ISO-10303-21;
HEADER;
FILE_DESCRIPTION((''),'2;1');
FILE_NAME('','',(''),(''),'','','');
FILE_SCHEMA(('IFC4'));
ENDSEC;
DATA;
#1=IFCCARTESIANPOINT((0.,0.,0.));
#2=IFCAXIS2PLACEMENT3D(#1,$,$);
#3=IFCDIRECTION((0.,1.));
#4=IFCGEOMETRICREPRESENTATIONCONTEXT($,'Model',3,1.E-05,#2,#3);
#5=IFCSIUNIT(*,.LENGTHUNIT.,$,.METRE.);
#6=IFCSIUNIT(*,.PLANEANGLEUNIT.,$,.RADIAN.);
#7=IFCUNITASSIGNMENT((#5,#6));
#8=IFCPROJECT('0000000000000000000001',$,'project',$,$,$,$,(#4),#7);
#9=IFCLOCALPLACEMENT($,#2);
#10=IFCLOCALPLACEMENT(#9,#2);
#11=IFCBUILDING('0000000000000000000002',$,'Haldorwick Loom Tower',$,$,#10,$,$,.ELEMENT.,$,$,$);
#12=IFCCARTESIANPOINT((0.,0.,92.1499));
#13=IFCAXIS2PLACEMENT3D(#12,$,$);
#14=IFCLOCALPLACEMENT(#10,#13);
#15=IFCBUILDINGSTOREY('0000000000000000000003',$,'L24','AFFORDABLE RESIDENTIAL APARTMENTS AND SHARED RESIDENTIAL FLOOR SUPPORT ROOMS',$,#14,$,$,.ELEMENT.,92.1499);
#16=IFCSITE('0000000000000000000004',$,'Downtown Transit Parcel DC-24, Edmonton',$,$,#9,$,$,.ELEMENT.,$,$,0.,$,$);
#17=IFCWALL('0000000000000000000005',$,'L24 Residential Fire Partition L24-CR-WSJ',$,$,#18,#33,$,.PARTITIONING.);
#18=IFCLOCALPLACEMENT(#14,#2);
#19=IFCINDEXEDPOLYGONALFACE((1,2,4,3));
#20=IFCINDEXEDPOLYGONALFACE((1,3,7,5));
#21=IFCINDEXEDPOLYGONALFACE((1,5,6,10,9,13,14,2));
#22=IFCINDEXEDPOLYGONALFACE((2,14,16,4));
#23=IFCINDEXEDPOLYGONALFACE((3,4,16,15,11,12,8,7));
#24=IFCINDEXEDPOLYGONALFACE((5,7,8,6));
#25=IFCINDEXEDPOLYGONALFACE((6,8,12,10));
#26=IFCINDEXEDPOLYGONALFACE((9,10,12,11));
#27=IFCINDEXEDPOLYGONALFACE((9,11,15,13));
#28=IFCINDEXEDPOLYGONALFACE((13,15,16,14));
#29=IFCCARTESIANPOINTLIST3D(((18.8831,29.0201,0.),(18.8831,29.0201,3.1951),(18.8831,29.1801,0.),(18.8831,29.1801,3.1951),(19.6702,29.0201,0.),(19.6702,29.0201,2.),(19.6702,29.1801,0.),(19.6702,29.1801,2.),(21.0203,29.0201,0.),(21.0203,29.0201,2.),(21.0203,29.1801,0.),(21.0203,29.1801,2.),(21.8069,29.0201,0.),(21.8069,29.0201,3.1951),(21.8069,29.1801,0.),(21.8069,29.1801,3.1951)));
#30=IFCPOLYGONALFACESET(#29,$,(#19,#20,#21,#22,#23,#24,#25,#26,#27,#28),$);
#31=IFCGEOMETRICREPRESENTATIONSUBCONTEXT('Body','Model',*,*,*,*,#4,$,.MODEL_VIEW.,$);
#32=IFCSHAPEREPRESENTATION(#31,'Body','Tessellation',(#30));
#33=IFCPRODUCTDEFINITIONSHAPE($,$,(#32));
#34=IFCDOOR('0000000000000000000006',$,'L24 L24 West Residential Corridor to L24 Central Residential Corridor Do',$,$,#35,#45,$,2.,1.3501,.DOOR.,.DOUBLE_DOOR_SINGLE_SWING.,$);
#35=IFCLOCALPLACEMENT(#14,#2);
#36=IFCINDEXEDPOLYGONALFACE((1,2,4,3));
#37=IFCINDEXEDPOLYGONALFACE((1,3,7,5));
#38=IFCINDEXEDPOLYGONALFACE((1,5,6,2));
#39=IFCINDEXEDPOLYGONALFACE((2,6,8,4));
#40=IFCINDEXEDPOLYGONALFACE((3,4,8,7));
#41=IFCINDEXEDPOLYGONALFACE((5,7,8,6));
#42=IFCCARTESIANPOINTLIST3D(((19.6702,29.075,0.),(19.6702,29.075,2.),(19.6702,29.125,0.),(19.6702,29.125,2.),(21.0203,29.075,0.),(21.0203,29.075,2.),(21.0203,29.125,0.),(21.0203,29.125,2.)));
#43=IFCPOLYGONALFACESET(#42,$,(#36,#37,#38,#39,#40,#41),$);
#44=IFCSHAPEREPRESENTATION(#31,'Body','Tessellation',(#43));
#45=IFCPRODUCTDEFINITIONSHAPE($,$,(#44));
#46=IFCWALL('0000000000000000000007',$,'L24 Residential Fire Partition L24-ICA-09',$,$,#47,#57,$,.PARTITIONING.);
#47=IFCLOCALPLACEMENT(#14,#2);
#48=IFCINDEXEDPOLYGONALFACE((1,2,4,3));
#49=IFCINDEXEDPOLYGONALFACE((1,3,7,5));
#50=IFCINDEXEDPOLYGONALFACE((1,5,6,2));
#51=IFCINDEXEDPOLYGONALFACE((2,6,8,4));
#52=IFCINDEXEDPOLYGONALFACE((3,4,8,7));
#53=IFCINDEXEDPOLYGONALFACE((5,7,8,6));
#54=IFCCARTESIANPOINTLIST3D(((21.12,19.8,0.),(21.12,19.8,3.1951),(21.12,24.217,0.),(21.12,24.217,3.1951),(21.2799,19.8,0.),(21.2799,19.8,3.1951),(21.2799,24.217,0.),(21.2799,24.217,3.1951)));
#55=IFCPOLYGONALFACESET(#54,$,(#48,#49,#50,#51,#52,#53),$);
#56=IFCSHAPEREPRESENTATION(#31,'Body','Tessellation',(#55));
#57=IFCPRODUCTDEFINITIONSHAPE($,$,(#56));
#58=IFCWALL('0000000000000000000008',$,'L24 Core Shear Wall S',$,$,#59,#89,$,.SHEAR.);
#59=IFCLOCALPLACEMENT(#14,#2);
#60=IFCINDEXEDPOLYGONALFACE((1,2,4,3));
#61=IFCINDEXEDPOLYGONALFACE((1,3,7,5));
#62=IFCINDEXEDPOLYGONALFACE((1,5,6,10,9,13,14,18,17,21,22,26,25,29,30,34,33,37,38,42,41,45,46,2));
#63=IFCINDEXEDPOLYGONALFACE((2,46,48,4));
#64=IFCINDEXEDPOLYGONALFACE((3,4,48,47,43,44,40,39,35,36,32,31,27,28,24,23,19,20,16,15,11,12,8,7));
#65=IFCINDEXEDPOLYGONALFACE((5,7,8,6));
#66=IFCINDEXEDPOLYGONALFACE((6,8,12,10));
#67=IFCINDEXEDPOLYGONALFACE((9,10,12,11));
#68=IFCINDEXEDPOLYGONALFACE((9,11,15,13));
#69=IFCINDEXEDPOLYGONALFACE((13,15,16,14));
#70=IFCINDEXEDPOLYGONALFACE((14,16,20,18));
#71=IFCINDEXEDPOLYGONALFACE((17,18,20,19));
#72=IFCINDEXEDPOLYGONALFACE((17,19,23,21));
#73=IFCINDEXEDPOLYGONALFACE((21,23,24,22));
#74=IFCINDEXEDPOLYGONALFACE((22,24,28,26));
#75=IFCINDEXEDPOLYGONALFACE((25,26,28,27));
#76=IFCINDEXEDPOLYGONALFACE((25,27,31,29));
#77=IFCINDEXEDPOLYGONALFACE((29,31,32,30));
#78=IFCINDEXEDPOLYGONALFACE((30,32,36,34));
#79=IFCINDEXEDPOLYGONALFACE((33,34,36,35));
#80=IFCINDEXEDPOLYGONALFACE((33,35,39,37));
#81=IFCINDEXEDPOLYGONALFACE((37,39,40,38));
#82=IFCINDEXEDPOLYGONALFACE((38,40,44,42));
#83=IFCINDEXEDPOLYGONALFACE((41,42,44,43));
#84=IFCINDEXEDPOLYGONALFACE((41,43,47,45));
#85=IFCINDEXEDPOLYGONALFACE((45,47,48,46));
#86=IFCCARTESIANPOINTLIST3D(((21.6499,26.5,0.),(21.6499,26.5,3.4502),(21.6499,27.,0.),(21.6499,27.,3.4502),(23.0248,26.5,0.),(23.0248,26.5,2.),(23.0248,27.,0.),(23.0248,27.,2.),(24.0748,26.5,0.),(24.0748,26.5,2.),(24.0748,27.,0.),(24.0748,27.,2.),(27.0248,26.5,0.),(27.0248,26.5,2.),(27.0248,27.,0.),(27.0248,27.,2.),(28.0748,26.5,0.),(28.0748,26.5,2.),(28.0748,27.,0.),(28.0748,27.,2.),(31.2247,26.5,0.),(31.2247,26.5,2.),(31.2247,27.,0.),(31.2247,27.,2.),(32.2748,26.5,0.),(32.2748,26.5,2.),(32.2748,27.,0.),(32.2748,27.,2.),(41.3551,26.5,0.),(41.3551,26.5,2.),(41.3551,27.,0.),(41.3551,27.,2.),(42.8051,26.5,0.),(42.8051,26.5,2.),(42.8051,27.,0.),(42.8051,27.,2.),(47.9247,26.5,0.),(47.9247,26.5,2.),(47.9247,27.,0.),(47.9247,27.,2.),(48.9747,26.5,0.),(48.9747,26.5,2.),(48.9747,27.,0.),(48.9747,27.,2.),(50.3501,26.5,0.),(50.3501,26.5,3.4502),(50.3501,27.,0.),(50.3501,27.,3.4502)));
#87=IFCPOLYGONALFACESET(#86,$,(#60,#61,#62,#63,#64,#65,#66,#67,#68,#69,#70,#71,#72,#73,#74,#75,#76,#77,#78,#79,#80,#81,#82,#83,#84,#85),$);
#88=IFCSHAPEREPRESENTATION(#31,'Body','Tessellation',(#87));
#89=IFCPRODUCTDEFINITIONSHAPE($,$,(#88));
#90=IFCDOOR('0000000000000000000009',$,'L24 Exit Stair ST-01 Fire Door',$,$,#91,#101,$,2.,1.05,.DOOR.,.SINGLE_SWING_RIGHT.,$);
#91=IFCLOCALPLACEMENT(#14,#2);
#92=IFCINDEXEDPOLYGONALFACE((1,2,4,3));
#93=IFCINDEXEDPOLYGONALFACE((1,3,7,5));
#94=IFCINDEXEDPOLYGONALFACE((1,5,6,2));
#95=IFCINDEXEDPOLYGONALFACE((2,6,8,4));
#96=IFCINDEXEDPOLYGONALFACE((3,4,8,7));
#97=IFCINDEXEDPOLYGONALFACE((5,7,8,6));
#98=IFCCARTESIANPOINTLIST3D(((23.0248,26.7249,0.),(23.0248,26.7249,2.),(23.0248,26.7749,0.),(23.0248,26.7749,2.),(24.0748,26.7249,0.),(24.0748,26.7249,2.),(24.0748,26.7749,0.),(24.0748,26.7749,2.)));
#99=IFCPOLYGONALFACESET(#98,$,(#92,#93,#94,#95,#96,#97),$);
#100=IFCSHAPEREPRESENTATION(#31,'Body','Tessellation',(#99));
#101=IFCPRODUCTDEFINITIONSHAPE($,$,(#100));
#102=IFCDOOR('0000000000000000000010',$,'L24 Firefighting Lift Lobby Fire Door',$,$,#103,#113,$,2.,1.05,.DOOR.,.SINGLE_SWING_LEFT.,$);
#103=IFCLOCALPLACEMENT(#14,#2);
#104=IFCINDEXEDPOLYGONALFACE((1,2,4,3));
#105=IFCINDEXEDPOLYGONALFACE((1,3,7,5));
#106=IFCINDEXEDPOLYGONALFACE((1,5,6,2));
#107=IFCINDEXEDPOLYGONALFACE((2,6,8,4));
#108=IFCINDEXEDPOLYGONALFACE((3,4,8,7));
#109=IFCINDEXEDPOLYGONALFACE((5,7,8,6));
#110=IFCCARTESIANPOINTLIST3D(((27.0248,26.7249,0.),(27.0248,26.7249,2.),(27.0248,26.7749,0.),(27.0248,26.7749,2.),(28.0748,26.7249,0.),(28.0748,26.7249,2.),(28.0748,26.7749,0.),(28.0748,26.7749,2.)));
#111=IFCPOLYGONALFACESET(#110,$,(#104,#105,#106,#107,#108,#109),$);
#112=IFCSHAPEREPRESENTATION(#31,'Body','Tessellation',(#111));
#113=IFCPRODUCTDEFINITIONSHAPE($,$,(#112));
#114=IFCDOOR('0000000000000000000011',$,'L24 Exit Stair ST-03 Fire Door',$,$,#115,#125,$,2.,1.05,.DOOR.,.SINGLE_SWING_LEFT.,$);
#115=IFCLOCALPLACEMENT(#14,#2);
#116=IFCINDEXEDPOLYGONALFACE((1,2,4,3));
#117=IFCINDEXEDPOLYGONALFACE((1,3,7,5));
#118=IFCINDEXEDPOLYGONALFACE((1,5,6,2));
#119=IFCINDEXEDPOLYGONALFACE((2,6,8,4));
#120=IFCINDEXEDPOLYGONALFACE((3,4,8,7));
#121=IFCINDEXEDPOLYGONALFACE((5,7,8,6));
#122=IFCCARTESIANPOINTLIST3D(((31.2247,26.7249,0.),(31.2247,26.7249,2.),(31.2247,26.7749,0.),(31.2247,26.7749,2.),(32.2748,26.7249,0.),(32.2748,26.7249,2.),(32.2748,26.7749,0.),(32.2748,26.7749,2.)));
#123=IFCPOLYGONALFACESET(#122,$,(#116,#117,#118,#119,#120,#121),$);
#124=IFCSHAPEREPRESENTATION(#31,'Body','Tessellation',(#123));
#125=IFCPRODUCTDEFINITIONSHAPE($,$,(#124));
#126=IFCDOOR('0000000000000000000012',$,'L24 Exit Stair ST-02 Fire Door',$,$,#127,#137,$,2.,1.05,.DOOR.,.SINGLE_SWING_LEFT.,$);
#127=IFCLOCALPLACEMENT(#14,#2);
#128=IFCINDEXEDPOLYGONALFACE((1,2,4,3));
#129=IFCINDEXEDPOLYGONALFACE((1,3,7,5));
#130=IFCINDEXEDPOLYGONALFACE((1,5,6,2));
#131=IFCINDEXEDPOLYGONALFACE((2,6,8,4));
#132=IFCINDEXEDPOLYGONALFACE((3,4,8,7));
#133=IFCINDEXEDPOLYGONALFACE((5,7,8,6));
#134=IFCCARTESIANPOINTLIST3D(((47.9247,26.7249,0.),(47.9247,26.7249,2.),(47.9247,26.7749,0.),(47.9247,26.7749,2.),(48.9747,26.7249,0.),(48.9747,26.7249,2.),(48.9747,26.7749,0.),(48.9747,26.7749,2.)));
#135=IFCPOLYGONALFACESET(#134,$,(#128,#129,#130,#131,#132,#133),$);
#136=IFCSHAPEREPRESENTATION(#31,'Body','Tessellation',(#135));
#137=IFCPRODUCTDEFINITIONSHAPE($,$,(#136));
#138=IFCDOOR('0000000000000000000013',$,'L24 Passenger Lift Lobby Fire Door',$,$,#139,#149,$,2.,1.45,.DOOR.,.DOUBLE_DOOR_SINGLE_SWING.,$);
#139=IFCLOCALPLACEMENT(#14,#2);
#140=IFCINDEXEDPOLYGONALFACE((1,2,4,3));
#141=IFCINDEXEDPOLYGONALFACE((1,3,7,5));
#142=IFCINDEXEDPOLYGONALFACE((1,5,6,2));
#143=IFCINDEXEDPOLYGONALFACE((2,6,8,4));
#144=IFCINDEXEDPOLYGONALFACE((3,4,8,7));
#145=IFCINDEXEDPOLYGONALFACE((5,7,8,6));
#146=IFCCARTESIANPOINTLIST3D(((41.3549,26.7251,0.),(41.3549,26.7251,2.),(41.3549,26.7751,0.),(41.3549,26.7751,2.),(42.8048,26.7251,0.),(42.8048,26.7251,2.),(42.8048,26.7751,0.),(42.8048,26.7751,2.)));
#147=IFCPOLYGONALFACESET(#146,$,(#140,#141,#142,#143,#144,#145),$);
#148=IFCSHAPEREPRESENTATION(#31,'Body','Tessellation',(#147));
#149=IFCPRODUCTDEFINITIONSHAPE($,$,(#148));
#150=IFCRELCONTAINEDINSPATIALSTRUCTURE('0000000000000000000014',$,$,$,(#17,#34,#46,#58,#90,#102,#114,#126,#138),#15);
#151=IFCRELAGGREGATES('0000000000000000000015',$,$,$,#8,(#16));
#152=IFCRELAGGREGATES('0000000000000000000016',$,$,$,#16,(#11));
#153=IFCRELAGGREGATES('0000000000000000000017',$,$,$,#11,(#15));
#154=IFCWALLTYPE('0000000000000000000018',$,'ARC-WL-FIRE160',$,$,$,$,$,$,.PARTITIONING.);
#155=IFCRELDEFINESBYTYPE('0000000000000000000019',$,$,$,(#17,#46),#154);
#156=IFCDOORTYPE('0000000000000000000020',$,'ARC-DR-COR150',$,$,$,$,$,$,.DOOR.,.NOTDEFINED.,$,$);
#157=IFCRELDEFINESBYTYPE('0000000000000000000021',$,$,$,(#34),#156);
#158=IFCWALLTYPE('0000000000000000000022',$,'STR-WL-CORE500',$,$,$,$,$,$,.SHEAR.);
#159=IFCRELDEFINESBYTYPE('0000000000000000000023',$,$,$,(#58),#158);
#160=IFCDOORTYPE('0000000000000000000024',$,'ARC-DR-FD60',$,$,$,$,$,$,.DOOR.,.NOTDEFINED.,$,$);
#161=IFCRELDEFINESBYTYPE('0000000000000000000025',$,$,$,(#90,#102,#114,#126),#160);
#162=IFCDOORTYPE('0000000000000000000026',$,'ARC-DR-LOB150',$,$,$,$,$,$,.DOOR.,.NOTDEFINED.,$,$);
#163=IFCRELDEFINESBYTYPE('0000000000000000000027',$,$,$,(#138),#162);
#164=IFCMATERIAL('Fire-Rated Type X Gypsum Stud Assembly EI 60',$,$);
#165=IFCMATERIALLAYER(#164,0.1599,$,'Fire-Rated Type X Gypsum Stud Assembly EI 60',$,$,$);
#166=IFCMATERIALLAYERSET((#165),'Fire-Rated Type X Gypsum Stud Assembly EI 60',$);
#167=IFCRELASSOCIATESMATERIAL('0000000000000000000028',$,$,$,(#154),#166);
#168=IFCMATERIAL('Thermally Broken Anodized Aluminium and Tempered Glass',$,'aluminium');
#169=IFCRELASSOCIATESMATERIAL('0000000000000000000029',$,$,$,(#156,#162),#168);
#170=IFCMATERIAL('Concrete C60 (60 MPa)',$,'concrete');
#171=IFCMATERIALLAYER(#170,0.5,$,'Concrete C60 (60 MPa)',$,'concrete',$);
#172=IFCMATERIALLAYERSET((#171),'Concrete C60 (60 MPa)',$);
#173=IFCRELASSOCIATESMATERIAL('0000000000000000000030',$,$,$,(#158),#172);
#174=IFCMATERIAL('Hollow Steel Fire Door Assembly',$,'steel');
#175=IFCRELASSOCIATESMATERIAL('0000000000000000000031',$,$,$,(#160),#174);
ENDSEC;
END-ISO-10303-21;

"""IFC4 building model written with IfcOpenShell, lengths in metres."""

from ifc_helpers import new_model, si_unit, direction, frame, frame_2d, origin, place, context, subcontext, project, spatial, rectangle, extrude, material, layer, layer_set, type_object, element, fill, save


model = new_model("IFC4")

# Units and contexts
model_context = context("Model", 3, precision=1e-05, world=origin(), true_north=direction((0.0, 1.0)))
body_context = subcontext(model_context, "Body", "Model", "MODEL_VIEW")
ifc_project = project(units=[si_unit("LENGTHUNIT", "METRE"), si_unit("PLANEANGLEUNIT", "RADIAN")], contexts=[model_context])

# Site, building, storey
site_placement = place(None, origin())
site = spatial("IfcSite", under=ifc_project, at=site_placement, Name="Downtown Transit Parcel DC-24, Edmonton", CompositionType="ELEMENT", RefElevation=0.0)
building_placement = place(site_placement, origin())
building = spatial("IfcBuilding", under=site, at=building_placement, Name="Haldorwick Loom Tower", CompositionType="ELEMENT")
storey_placement = place(building_placement, frame((0.0, 0.0, 92.1499)))
storey = spatial("IfcBuildingStorey", under=building, at=storey_placement, Name="L24", Description="AFFORDABLE RESIDENTIAL APARTMENTS AND SHARED RESIDENTIAL FLOOR SUPPORT ROOMS", CompositionType="ELEMENT", Elevation=92.1499)

# Shared definitions
ifc_material_1 = material(Name="Concrete C60 (60 MPa)", Category="concrete")

# Wall, opening, door
ifc_material_2 = material(Name="Fire-Rated Type X Gypsum Stud Assembly EI 60")
ifc_layer_1 = layer(ifc_material_2, 0.1599, Name="Fire-Rated Type X Gypsum Stud Assembly EI 60")
ifc_layer_set_1 = layer_set([ifc_layer_1], Name="Fire-Rated Type X Gypsum Stud Assembly EI 60")
wall_type_1 = type_object("IfcWallType", Name="ARC-WL-FIRE160", PredefinedType="PARTITIONING", material=ifc_layer_set_1)
wall_1_placement = place(storey_placement, frame((18.8831, 29.1001, 0.0), z_axis=(0.0, 0.0, 1.0), x_axis=(1.0, 0.0, 0.0)))
wall_1 = element("IfcWall", 1, at=wall_1_placement, inside=storey, type_object=wall_type_1, Name="L24 Residential Fire Partition L24-CR-WSJ", PredefinedType="PARTITIONING", context=body_context, shape_type="SweptSolid", body=[
    extrude(rectangle(XDim=2.9238, YDim=0.1599, at=frame_2d((1.4619, 0.0))), origin(), (0.0, 0.0, 1.0), 3.1951),
])
opening_1_placement = place(wall_1_placement, frame((0.7871, 0.0, 0.0)))
opening_1 = element("IfcOpeningElement", 2, at=opening_1_placement, cuts=wall_1, PredefinedType="OPENING", context=body_context, shape_type="SweptSolid", body=[
    extrude(rectangle(XDim=1.3501, YDim=2.0, at=frame_2d((0.675, 1.0))), frame((0.0, 0.0898, 0.0), z_axis=(0.0, -1.0, 0.0), x_axis=(1.0, 0.0, 0.0)), (0.0, 0.0, 1.0), 0.1799),
])
ifc_material_3 = material(Name="Thermally Broken Anodized Aluminium and Tempered Glass", Category="aluminium")
door_type_1 = type_object("IfcDoorType", Name="ARC-DR-COR150", OperationType="NOTDEFINED", PredefinedType="DOOR", material=ifc_material_3)
door_1_placement = place(opening_1_placement, origin())
door_1 = element("IfcDoor", 3, at=door_1_placement, inside=storey, type_object=door_type_1, Name="L24 L24 West Residential Corridor to L24 Central Residential Corridor Do", OperationType="DOUBLE_DOOR_SINGLE_SWING", OverallHeight=2.0, OverallWidth=1.3501, PredefinedType="DOOR", context=body_context, shape_type="SweptSolid", body=[
    extrude(rectangle(XDim=1.3501, YDim=2.0, at=frame_2d((0.675, 1.0))), frame((0.0, 0.0249, 0.0), z_axis=(0.0, -1.0, 0.0), x_axis=(1.0, 0.0, 0.0)), (0.0, 0.0, 1.0), 0.05),
])
fill(opening_1, door_1)

# Wall
wall_2_placement = place(storey_placement, frame((21.2, 24.217, 0.0), z_axis=(0.0, 0.0, 1.0), x_axis=(0.0, -1.0, 0.0)))
element("IfcWall", 4, at=wall_2_placement, inside=storey, type_object=wall_type_1, Name="L24 Residential Fire Partition L24-ICA-09", PredefinedType="PARTITIONING", context=body_context, shape_type="SweptSolid", body=[
    extrude(rectangle(XDim=4.417, YDim=0.1599, at=frame_2d((2.2085, 0.0))), origin(), (0.0, 0.0, 1.0), 3.1951),
])

# Wall, openings, doors
ifc_layer_2 = layer(ifc_material_1, 0.5, Name="Concrete C60 (60 MPa)", Category="concrete")
ifc_layer_set_2 = layer_set([ifc_layer_2], Name="Concrete C60 (60 MPa)")
wall_type_2 = type_object("IfcWallType", Name="STR-WL-CORE500", PredefinedType="SHEAR", material=ifc_layer_set_2)
wall_3_placement = place(storey_placement, frame((21.6499, 26.75, 0.0), z_axis=(0.0, 0.0, 1.0), x_axis=(1.0, 0.0, 0.0)))
wall_3 = element("IfcWall", 5, at=wall_3_placement, inside=storey, type_object=wall_type_2, Name="L24 Core Shear Wall S", PredefinedType="SHEAR", context=body_context, shape_type="SweptSolid", body=[
    extrude(rectangle(XDim=28.7002, YDim=0.5, at=frame_2d((14.3501, 0.0))), origin(), (0.0, 0.0, 1.0), 3.4502),
])
opening_2_placement = place(wall_3_placement, frame((1.375, 0.0, 0.0)))
opening_2 = element("IfcOpeningElement", 6, at=opening_2_placement, cuts=wall_3, PredefinedType="OPENING", context=body_context, shape_type="SweptSolid", body=[
    extrude(rectangle(XDim=1.05, YDim=2.0, at=frame_2d((0.5249, 1.0))), frame((0.0, 0.26, 0.0), z_axis=(0.0, -1.0, 0.0), x_axis=(1.0, 0.0, 0.0)), (0.0, 0.0, 1.0), 0.52),
])
opening_3_placement = place(wall_3_placement, frame((5.375, 0.0, 0.0)))
opening_3 = element("IfcOpeningElement", 7, at=opening_3_placement, cuts=wall_3, PredefinedType="OPENING", context=body_context, shape_type="SweptSolid", body=[
    extrude(rectangle(XDim=1.05, YDim=2.0, at=frame_2d((0.5249, 1.0))), frame((0.0, 0.26, 0.0), z_axis=(0.0, -1.0, 0.0), x_axis=(1.0, 0.0, 0.0)), (0.0, 0.0, 1.0), 0.52),
])
opening_4_placement = place(wall_3_placement, frame((9.575, 0.0, 0.0)))
opening_4 = element("IfcOpeningElement", 8, at=opening_4_placement, cuts=wall_3, PredefinedType="OPENING", context=body_context, shape_type="SweptSolid", body=[
    extrude(rectangle(XDim=1.05, YDim=2.0, at=frame_2d((0.5249, 1.0))), frame((0.0, 0.26, 0.0), z_axis=(0.0, -1.0, 0.0), x_axis=(1.0, 0.0, 0.0)), (0.0, 0.0, 1.0), 0.52),
])
opening_5_placement = place(wall_3_placement, frame((19.7051, 0.0, 0.0)))
opening_5 = element("IfcOpeningElement", 9, at=opening_5_placement, cuts=wall_3, PredefinedType="OPENING", context=body_context, shape_type="SweptSolid", body=[
    extrude(rectangle(XDim=1.45, YDim=2.0, at=frame_2d((0.7251, 1.0))), frame((0.0, 0.26, 0.0), z_axis=(0.0, -1.0, 0.0), x_axis=(1.0, 0.0, 0.0)), (0.0, 0.0, 1.0), 0.52),
])
opening_6_placement = place(wall_3_placement, frame((26.2749, 0.0, 0.0)))
opening_6 = element("IfcOpeningElement", 10, at=opening_6_placement, cuts=wall_3, PredefinedType="OPENING", context=body_context, shape_type="SweptSolid", body=[
    extrude(rectangle(XDim=1.05, YDim=2.0, at=frame_2d((0.5249, 1.0))), frame((0.0, 0.26, 0.0), z_axis=(0.0, -1.0, 0.0), x_axis=(1.0, 0.0, 0.0)), (0.0, 0.0, 1.0), 0.52),
])
ifc_material_4 = material(Name="Hollow Steel Fire Door Assembly", Category="steel")
door_type_2 = type_object("IfcDoorType", Name="ARC-DR-FD60", OperationType="NOTDEFINED", PredefinedType="DOOR", material=ifc_material_4)
door_2_placement = place(opening_2_placement, origin())
door_2 = element("IfcDoor", 11, at=door_2_placement, inside=storey, type_object=door_type_2, Name="L24 Exit Stair ST-01 Fire Door", OperationType="SINGLE_SWING_RIGHT", OverallHeight=2.0, OverallWidth=1.05, PredefinedType="DOOR", context=body_context, shape_type="SweptSolid", body=[
    extrude(rectangle(XDim=1.05, YDim=2.0, at=frame_2d((0.5249, 1.0))), frame((0.0, 0.0249, 0.0), z_axis=(0.0, -1.0, 0.0), x_axis=(1.0, 0.0, 0.0)), (0.0, 0.0, 1.0), 0.05),
])
fill(opening_2, door_2)
door_3_placement = place(opening_3_placement, origin())
door_3 = element("IfcDoor", 12, at=door_3_placement, inside=storey, type_object=door_type_2, Name="L24 Firefighting Lift Lobby Fire Door", OperationType="SINGLE_SWING_LEFT", OverallHeight=2.0, OverallWidth=1.05, PredefinedType="DOOR", context=body_context, shape_type="SweptSolid", body=[
    extrude(rectangle(XDim=1.05, YDim=2.0, at=frame_2d((0.5249, 1.0))), frame((0.0, 0.0249, 0.0), z_axis=(0.0, -1.0, 0.0), x_axis=(1.0, 0.0, 0.0)), (0.0, 0.0, 1.0), 0.05),
])
fill(opening_3, door_3)
door_4_placement = place(opening_4_placement, origin())
door_4 = element("IfcDoor", 13, at=door_4_placement, inside=storey, type_object=door_type_2, Name="L24 Exit Stair ST-03 Fire Door", OperationType="SINGLE_SWING_LEFT", OverallHeight=2.0, OverallWidth=1.05, PredefinedType="DOOR", context=body_context, shape_type="SweptSolid", body=[
    extrude(rectangle(XDim=1.05, YDim=2.0, at=frame_2d((0.5249, 1.0))), frame((0.0, 0.0249, 0.0), z_axis=(0.0, -1.0, 0.0), x_axis=(1.0, 0.0, 0.0)), (0.0, 0.0, 1.0), 0.05),
])
fill(opening_4, door_4)
door_5_placement = place(opening_6_placement, origin())
door_5 = element("IfcDoor", 14, at=door_5_placement, inside=storey, type_object=door_type_2, Name="L24 Exit Stair ST-02 Fire Door", OperationType="SINGLE_SWING_LEFT", OverallHeight=2.0, OverallWidth=1.05, PredefinedType="DOOR", context=body_context, shape_type="SweptSolid", body=[
    extrude(rectangle(XDim=1.05, YDim=2.0, at=frame_2d((0.5249, 1.0))), frame((0.0, 0.0249, 0.0), z_axis=(0.0, -1.0, 0.0), x_axis=(1.0, 0.0, 0.0)), (0.0, 0.0, 1.0), 0.05),
])
fill(opening_6, door_5)
door_type_3 = type_object("IfcDoorType", Name="ARC-DR-LOB150", OperationType="NOTDEFINED", PredefinedType="DOOR", material=ifc_material_3)
door_6_placement = place(opening_5_placement, frame((1.45, 0.0, 0.0), z_axis=(0.0, 0.0, 1.0), x_axis=(-1.0, 0.0, 0.0)))
door_6 = element("IfcDoor", 15, at=door_6_placement, inside=storey, type_object=door_type_3, Name="L24 Passenger Lift Lobby Fire Door", OperationType="DOUBLE_DOOR_SINGLE_SWING", OverallHeight=2.0, OverallWidth=1.45, PredefinedType="DOOR", context=body_context, shape_type="SweptSolid", body=[
    extrude(rectangle(XDim=1.45, YDim=2.0, at=frame_2d((0.7251, 1.0))), frame((0.0, 0.0249, 0.0), z_axis=(0.0, -1.0, 0.0), x_axis=(1.0, 0.0, 0.0)), (0.0, 0.0, 1.0), 0.05),
])
fill(opening_5, door_6)

save(model, "model.ifc")
